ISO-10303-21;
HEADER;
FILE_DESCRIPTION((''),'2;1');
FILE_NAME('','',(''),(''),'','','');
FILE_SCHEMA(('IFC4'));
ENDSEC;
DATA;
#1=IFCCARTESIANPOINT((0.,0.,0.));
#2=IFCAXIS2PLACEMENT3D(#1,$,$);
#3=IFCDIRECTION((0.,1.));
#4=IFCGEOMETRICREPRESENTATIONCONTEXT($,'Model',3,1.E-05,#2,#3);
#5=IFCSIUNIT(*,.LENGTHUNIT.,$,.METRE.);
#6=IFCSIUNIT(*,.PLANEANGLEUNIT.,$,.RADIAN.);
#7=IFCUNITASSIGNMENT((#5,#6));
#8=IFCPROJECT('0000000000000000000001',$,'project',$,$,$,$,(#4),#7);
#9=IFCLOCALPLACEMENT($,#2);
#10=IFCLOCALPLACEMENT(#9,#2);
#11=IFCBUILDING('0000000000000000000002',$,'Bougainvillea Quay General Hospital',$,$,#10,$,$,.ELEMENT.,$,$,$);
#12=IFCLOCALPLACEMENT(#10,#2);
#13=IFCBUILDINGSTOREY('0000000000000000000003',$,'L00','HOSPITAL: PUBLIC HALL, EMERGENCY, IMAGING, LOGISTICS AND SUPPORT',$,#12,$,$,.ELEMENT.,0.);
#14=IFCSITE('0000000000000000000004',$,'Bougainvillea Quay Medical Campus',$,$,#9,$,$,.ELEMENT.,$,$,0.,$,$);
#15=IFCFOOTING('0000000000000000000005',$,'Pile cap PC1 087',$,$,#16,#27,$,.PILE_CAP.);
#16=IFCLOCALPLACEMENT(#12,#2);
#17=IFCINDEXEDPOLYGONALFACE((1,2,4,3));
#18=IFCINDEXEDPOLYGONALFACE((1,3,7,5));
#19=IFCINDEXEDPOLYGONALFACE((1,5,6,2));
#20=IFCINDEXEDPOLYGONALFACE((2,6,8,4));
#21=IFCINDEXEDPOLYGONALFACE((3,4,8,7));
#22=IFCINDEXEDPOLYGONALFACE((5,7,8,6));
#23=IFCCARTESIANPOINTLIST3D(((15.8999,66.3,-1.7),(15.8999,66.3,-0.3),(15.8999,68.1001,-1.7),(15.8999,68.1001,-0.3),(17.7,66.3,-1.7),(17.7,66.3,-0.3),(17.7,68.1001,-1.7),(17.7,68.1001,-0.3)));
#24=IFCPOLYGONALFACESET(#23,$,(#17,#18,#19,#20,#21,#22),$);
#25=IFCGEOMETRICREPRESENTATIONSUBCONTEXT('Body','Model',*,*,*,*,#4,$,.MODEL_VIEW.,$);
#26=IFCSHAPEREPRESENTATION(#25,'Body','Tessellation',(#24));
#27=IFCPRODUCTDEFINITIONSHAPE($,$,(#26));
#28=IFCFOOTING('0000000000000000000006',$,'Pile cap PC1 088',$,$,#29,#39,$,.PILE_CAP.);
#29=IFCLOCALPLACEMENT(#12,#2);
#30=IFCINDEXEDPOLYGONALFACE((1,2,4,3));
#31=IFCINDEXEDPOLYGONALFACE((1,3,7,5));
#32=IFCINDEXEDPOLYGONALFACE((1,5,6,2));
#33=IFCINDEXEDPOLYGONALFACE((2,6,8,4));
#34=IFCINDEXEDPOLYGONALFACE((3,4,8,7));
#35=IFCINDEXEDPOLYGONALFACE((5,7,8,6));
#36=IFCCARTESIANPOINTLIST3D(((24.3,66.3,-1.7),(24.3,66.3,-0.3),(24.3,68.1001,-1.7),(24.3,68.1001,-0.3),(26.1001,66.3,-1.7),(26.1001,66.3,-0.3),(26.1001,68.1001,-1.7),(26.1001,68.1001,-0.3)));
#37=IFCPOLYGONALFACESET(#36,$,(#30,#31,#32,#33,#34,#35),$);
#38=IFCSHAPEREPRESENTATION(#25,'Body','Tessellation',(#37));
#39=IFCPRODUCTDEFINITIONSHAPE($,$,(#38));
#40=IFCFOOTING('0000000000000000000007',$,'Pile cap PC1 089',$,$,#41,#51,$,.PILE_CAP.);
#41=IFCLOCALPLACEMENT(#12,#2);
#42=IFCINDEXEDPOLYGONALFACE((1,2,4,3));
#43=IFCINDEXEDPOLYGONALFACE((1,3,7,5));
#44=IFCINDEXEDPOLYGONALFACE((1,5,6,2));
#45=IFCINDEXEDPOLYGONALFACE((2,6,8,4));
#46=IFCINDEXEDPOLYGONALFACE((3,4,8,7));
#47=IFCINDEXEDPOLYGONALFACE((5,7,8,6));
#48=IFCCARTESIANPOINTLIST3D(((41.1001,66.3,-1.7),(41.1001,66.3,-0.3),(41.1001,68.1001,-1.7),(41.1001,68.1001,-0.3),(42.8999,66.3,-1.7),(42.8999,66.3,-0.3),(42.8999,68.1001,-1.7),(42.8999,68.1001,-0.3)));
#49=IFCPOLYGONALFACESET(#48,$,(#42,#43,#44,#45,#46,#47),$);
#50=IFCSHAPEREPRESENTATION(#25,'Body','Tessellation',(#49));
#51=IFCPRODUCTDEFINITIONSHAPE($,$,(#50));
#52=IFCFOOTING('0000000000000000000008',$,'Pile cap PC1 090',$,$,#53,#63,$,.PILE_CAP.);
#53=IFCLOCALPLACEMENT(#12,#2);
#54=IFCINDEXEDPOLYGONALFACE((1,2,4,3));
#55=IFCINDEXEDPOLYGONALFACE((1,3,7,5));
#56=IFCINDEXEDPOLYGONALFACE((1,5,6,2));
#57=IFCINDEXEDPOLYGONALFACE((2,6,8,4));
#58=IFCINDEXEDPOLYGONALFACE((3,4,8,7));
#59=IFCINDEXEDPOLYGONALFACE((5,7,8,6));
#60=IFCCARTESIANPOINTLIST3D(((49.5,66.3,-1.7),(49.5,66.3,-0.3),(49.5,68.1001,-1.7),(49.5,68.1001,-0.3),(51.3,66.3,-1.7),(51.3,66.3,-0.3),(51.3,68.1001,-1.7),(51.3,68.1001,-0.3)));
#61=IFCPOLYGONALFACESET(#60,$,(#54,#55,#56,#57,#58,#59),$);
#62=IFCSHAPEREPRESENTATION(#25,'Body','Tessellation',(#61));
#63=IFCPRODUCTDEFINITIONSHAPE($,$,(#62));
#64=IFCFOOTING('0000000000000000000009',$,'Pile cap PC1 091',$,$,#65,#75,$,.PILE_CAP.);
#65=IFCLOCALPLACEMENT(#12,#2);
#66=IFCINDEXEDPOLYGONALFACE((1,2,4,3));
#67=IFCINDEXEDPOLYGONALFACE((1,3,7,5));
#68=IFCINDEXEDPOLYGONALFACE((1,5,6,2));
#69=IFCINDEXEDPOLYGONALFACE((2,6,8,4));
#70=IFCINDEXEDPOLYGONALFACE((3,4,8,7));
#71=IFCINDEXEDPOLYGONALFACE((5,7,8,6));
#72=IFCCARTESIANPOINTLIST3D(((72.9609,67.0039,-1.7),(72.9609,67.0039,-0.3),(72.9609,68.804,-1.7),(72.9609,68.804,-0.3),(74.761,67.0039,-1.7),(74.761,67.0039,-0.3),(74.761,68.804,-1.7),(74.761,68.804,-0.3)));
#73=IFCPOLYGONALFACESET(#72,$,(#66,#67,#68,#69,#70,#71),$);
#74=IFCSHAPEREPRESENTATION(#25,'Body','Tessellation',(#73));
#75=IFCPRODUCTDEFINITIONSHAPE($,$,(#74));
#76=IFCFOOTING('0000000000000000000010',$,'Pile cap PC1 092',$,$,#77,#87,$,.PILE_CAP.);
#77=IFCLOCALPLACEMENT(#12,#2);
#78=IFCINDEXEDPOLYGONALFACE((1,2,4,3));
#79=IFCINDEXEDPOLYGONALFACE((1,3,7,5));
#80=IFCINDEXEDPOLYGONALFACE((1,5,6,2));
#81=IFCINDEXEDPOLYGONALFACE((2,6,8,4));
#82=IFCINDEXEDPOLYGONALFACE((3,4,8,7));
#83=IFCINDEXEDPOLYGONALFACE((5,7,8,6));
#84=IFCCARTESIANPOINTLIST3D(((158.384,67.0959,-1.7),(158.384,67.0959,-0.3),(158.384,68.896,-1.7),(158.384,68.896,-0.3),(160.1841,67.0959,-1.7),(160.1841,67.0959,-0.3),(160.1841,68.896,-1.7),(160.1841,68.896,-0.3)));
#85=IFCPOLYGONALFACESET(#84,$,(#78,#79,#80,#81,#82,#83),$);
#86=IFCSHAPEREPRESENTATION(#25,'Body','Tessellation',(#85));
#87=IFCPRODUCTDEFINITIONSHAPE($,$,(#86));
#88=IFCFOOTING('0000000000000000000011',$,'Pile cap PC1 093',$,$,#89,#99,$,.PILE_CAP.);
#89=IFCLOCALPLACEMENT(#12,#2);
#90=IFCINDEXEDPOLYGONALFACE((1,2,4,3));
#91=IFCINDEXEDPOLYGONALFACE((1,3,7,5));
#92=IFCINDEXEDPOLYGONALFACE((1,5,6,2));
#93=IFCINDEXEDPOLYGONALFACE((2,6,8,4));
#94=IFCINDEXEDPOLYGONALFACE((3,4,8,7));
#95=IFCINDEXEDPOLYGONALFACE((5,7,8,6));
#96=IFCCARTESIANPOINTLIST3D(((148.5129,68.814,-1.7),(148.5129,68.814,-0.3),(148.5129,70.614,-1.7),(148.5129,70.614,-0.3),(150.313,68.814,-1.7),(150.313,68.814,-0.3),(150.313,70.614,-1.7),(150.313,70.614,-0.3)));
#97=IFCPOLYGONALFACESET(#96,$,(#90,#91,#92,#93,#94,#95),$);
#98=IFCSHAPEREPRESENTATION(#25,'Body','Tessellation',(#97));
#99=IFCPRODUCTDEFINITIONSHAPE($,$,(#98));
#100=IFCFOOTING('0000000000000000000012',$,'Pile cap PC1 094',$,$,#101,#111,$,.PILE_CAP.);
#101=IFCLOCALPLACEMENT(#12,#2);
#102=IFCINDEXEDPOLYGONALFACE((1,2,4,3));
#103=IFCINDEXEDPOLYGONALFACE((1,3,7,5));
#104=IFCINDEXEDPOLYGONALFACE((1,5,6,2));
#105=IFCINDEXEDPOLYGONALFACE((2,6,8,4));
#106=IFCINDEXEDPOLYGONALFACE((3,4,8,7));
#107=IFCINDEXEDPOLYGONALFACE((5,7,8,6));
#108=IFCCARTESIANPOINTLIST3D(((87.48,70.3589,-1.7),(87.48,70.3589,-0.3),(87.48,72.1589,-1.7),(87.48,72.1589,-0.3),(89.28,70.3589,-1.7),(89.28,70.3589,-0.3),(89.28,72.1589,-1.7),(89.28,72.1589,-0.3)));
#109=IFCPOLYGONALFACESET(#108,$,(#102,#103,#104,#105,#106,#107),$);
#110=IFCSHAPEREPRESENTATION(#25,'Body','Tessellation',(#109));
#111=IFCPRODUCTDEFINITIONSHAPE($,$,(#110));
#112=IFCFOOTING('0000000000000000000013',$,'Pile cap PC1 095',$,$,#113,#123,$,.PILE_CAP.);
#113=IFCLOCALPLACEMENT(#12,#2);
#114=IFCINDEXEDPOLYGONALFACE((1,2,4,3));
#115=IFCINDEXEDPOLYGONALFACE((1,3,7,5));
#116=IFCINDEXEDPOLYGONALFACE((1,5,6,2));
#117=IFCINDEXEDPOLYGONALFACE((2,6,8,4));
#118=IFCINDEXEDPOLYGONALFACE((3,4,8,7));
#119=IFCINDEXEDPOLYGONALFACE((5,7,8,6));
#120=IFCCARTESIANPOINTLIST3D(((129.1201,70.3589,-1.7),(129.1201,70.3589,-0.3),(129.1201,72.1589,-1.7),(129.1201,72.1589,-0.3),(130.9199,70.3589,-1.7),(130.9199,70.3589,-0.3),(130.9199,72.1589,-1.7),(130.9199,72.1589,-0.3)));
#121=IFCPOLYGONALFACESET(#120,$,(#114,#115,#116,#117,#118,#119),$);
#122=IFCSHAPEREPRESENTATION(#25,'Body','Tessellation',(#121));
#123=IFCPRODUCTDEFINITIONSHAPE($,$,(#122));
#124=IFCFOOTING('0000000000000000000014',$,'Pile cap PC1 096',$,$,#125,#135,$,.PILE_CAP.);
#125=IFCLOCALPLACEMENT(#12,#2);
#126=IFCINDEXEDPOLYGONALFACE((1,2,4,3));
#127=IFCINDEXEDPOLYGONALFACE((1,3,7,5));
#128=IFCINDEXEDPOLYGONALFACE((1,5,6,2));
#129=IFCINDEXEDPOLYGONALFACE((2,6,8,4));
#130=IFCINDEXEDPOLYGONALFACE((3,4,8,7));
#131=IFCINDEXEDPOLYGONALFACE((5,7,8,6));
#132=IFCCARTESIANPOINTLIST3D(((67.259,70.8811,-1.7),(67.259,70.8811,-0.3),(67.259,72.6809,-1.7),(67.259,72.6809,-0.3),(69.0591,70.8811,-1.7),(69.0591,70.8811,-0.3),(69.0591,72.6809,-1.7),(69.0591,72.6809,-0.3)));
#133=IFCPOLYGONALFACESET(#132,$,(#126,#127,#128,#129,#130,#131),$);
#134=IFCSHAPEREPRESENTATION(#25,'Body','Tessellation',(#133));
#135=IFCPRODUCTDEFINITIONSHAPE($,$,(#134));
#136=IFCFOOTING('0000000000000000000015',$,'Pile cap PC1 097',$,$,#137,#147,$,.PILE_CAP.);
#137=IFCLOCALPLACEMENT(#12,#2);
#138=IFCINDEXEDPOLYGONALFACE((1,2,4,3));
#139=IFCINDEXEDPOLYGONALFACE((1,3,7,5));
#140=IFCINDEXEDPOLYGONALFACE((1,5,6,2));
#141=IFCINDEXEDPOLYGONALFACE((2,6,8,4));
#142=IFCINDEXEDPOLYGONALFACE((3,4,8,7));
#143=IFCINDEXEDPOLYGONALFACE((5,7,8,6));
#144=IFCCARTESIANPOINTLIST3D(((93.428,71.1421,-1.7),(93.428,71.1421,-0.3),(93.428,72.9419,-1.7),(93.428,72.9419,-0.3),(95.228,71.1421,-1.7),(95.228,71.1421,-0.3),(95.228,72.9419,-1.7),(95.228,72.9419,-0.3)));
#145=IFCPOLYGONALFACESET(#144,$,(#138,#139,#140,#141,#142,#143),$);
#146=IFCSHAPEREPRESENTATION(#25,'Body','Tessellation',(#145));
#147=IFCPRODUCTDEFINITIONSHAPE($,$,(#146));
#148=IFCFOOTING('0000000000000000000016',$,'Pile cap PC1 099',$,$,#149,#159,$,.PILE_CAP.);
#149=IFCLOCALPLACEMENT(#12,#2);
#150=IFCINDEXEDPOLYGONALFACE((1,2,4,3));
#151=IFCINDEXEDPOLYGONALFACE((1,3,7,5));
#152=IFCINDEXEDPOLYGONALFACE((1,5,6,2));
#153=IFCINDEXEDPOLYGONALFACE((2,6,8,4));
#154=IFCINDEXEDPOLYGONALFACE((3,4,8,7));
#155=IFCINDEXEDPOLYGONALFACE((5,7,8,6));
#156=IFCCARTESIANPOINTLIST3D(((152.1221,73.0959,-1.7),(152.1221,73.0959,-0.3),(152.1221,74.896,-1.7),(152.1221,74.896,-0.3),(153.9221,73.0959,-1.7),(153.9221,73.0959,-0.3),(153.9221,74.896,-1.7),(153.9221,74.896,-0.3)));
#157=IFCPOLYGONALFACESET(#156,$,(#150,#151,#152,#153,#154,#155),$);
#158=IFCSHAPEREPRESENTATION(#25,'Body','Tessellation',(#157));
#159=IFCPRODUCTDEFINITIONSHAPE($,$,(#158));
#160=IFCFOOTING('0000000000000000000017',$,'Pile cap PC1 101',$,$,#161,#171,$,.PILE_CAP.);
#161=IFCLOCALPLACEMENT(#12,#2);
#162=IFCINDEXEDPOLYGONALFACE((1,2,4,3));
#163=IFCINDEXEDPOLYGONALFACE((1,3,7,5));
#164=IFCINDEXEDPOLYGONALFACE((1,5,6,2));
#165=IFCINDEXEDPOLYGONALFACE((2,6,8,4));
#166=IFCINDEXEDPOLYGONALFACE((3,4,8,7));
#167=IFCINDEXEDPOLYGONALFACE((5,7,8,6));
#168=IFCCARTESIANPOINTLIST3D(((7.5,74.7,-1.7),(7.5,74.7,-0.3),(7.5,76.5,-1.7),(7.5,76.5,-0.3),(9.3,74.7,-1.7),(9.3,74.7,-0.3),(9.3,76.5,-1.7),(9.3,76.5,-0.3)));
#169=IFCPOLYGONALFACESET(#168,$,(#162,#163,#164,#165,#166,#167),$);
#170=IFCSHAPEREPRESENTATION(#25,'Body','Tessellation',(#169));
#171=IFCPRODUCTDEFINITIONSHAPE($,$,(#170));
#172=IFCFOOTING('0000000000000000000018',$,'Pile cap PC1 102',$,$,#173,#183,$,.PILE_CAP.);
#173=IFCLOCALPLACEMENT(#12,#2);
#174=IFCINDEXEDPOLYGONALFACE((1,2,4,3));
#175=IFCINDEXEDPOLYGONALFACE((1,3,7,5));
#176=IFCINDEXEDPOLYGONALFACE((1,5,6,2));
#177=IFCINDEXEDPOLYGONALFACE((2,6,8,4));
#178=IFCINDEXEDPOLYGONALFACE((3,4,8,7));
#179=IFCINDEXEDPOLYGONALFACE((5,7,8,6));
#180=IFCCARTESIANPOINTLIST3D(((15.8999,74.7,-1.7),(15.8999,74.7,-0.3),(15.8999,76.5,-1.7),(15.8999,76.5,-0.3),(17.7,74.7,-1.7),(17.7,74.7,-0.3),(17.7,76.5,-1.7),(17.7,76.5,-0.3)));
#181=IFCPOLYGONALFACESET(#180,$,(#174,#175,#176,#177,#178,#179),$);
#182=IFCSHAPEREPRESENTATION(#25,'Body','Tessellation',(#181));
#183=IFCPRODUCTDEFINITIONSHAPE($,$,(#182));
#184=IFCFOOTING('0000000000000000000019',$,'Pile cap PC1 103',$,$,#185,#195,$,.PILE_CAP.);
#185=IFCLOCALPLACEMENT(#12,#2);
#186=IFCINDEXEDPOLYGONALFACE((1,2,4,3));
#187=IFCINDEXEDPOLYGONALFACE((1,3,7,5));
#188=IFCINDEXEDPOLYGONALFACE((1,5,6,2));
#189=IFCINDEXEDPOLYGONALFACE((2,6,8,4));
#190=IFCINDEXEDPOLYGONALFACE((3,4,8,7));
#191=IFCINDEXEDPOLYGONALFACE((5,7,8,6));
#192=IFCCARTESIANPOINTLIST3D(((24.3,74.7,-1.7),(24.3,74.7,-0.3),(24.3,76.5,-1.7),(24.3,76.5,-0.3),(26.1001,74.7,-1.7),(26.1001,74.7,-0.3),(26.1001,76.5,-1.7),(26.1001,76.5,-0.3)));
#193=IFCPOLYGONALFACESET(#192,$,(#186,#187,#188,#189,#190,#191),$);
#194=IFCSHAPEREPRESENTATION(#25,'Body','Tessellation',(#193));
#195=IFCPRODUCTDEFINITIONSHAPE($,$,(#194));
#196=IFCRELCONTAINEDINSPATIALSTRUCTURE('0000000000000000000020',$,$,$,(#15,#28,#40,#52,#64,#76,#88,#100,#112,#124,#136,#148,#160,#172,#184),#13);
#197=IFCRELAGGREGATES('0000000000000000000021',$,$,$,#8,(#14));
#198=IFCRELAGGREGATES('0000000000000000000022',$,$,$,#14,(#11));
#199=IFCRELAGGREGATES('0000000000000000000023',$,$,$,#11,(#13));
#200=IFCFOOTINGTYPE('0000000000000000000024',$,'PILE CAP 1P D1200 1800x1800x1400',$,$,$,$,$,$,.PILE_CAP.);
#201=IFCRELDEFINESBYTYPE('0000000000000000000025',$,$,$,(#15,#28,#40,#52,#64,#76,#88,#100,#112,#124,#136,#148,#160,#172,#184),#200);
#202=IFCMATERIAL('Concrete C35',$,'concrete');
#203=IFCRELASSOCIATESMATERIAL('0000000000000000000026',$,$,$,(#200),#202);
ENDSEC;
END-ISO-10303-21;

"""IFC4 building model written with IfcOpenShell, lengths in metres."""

from ifc_helpers import new_model, si_unit, direction, frame, origin, place, context, subcontext, project, spatial, polyline, outline, extrude, material, type_object, element, save


model = new_model("IFC4")

# Units and contexts
model_context = context("Model", 3, precision=1e-05, world=origin(), true_north=direction((0.0, 1.0)))
body_context = subcontext(model_context, "Body", "Model", "MODEL_VIEW")
ifc_project = project(units=[si_unit("LENGTHUNIT", "METRE"), si_unit("PLANEANGLEUNIT", "RADIAN")], contexts=[model_context])

# Site, building, storey
site_placement = place(None, origin())
site = spatial("IfcSite", under=ifc_project, at=site_placement, Name="Bougainvillea Quay Medical Campus", CompositionType="ELEMENT", RefElevation=0.0)
building_placement = place(site_placement, origin())
building = spatial("IfcBuilding", under=site, at=building_placement, Name="Bougainvillea Quay General Hospital", CompositionType="ELEMENT")
storey_placement = place(building_placement, origin())
storey = spatial("IfcBuildingStorey", under=building, at=storey_placement, Name="L00", Description="HOSPITAL: PUBLIC HALL, EMERGENCY, IMAGING, LOGISTICS AND SUPPORT", CompositionType="ELEMENT", Elevation=0.0)

# Footings
ifc_material = material(Name="Concrete C35", Category="concrete")
footing_type_1 = type_object("IfcFootingType", Name="PILE CAP 1P D1200 1800x1800x1400", PredefinedType="PILE_CAP", material=ifc_material)
footing_1_placement = place(storey_placement, frame((0.0, 0.0, -1.7)))
element("IfcFooting", 1, at=footing_1_placement, inside=storey, type_object=footing_type_1, Name="Pile cap PC1 087", PredefinedType="PILE_CAP", context=body_context, shape_type="SweptSolid", body=[
    extrude(outline(polyline([(15.8999, 66.3), (17.7, 66.3), (17.7, 68.1001), (15.8999, 68.1001), (15.8999, 66.3)])), origin(), (0.0, 0.0, 1.0), 1.3999),
])
footing_2_placement = place(storey_placement, frame((0.0, 0.0, -1.7)))
element("IfcFooting", 2, at=footing_2_placement, inside=storey, type_object=footing_type_1, Name="Pile cap PC1 088", PredefinedType="PILE_CAP", context=body_context, shape_type="SweptSolid", body=[
    extrude(outline(polyline([(24.3, 66.3), (26.1001, 66.3), (26.1001, 68.1001), (24.3, 68.1001), (24.3, 66.3)])), origin(), (0.0, 0.0, 1.0), 1.3999),
])
footing_3_placement = place(storey_placement, frame((0.0, 0.0, -1.7)))
element("IfcFooting", 3, at=footing_3_placement, inside=storey, type_object=footing_type_1, Name="Pile cap PC1 089", PredefinedType="PILE_CAP", context=body_context, shape_type="SweptSolid", body=[
    extrude(outline(polyline([(41.1001, 66.3), (42.8999, 66.3), (42.8999, 68.1001), (41.1001, 68.1001), (41.1001, 66.3)])), origin(), (0.0, 0.0, 1.0), 1.3999),
])
footing_4_placement = place(storey_placement, frame((0.0, 0.0, -1.7)))
element("IfcFooting", 4, at=footing_4_placement, inside=storey, type_object=footing_type_1, Name="Pile cap PC1 090", PredefinedType="PILE_CAP", context=body_context, shape_type="SweptSolid", body=[
    extrude(outline(polyline([(49.5, 66.3), (51.3, 66.3), (51.3, 68.1001), (49.5, 68.1001), (49.5, 66.3)])), origin(), (0.0, 0.0, 1.0), 1.3999),
])
footing_5_placement = place(storey_placement, frame((0.0, 0.0, -1.7)))
element("IfcFooting", 5, at=footing_5_placement, inside=storey, type_object=footing_type_1, Name="Pile cap PC1 091", PredefinedType="PILE_CAP", context=body_context, shape_type="SweptSolid", body=[
    extrude(outline(polyline([(72.9609, 67.0039), (74.761, 67.0039), (74.761, 68.804), (72.9609, 68.804), (72.9609, 67.0039)])), origin(), (0.0, 0.0, 1.0), 1.3999),
])
footing_6_placement = place(storey_placement, frame((0.0, 0.0, -1.7)))
element("IfcFooting", 6, at=footing_6_placement, inside=storey, type_object=footing_type_1, Name="Pile cap PC1 092", PredefinedType="PILE_CAP", context=body_context, shape_type="SweptSolid", body=[
    extrude(outline(polyline([(158.384, 67.0959), (160.1841, 67.0959), (160.1841, 68.896), (158.384, 68.896), (158.384, 67.0959)])), origin(), (0.0, 0.0, 1.0), 1.3999),
])
footing_7_placement = place(storey_placement, frame((0.0, 0.0, -1.7)))
element("IfcFooting", 7, at=footing_7_placement, inside=storey, type_object=footing_type_1, Name="Pile cap PC1 093", PredefinedType="PILE_CAP", context=body_context, shape_type="SweptSolid", body=[
    extrude(outline(polyline([(148.5129, 68.814), (150.313, 68.814), (150.313, 70.614), (148.5129, 70.614), (148.5129, 68.814)])), origin(), (0.0, 0.0, 1.0), 1.3999),
])
footing_8_placement = place(storey_placement, frame((0.0, 0.0, -1.7)))
element("IfcFooting", 8, at=footing_8_placement, inside=storey, type_object=footing_type_1, Name="Pile cap PC1 094", PredefinedType="PILE_CAP", context=body_context, shape_type="SweptSolid", body=[
    extrude(outline(polyline([(87.48, 70.3589), (89.28, 70.3589), (89.28, 72.1589), (87.48, 72.1589), (87.48, 70.3589)])), origin(), (0.0, 0.0, 1.0), 1.3999),
])
footing_9_placement = place(storey_placement, frame((0.0, 0.0, -1.7)))
element("IfcFooting", 9, at=footing_9_placement, inside=storey, type_object=footing_type_1, Name="Pile cap PC1 095", PredefinedType="PILE_CAP", context=body_context, shape_type="SweptSolid", body=[
    extrude(outline(polyline([(129.1201, 70.3589), (130.9199, 70.3589), (130.9199, 72.1589), (129.1201, 72.1589), (129.1201, 70.3589)])), origin(), (0.0, 0.0, 1.0), 1.3999),
])
footing_10_placement = place(storey_placement, frame((0.0, 0.0, -1.7)))
element("IfcFooting", 10, at=footing_10_placement, inside=storey, type_object=footing_type_1, Name="Pile cap PC1 096", PredefinedType="PILE_CAP", context=body_context, shape_type="SweptSolid", body=[
    extrude(outline(polyline([(67.259, 70.8811), (69.0591, 70.8811), (69.0591, 72.6809), (67.259, 72.6809), (67.259, 70.8811)])), origin(), (0.0, 0.0, 1.0), 1.3999),
])
footing_11_placement = place(storey_placement, frame((0.0, 0.0, -1.7)))
element("IfcFooting", 11, at=footing_11_placement, inside=storey, type_object=footing_type_1, Name="Pile cap PC1 097", PredefinedType="PILE_CAP", context=body_context, shape_type="SweptSolid", body=[
    extrude(outline(polyline([(93.428, 71.1421), (95.228, 71.1421), (95.228, 72.9419), (93.428, 72.9419), (93.428, 71.1421)])), origin(), (0.0, 0.0, 1.0), 1.3999),
])
footing_12_placement = place(storey_placement, frame((0.0, 0.0, -1.7)))
element("IfcFooting", 12, at=footing_12_placement, inside=storey, type_object=footing_type_1, Name="Pile cap PC1 099", PredefinedType="PILE_CAP", context=body_context, shape_type="SweptSolid", body=[
    extrude(outline(polyline([(152.1221, 73.0959), (153.9221, 73.0959), (153.9221, 74.896), (152.1221, 74.896), (152.1221, 73.0959)])), origin(), (0.0, 0.0, 1.0), 1.3999),
])
footing_13_placement = place(storey_placement, frame((0.0, 0.0, -1.7)))
element("IfcFooting", 13, at=footing_13_placement, inside=storey, type_object=footing_type_1, Name="Pile cap PC1 101", PredefinedType="PILE_CAP", context=body_context, shape_type="SweptSolid", body=[
    extrude(outline(polyline([(7.5, 74.7), (9.3, 74.7), (9.3, 76.5), (7.5, 76.5), (7.5, 74.7)])), origin(), (0.0, 0.0, 1.0), 1.3999),
])
footing_14_placement = place(storey_placement, frame((0.0, 0.0, -1.7)))
element("IfcFooting", 14, at=footing_14_placement, inside=storey, type_object=footing_type_1, Name="Pile cap PC1 102", PredefinedType="PILE_CAP", context=body_context, shape_type="SweptSolid", body=[
    extrude(outline(polyline([(15.8999, 74.7), (17.7, 74.7), (17.7, 76.5), (15.8999, 76.5), (15.8999, 74.7)])), origin(), (0.0, 0.0, 1.0), 1.3999),
])
footing_15_placement = place(storey_placement, frame((0.0, 0.0, -1.7)))
element("IfcFooting", 15, at=footing_15_placement, inside=storey, type_object=footing_type_1, Name="Pile cap PC1 103", PredefinedType="PILE_CAP", context=body_context, shape_type="SweptSolid", body=[
    extrude(outline(polyline([(24.3, 74.7), (26.1001, 74.7), (26.1001, 76.5), (24.3, 76.5), (24.3, 74.7)])), origin(), (0.0, 0.0, 1.0), 1.3999),
])

save(model, "model.ifc")
